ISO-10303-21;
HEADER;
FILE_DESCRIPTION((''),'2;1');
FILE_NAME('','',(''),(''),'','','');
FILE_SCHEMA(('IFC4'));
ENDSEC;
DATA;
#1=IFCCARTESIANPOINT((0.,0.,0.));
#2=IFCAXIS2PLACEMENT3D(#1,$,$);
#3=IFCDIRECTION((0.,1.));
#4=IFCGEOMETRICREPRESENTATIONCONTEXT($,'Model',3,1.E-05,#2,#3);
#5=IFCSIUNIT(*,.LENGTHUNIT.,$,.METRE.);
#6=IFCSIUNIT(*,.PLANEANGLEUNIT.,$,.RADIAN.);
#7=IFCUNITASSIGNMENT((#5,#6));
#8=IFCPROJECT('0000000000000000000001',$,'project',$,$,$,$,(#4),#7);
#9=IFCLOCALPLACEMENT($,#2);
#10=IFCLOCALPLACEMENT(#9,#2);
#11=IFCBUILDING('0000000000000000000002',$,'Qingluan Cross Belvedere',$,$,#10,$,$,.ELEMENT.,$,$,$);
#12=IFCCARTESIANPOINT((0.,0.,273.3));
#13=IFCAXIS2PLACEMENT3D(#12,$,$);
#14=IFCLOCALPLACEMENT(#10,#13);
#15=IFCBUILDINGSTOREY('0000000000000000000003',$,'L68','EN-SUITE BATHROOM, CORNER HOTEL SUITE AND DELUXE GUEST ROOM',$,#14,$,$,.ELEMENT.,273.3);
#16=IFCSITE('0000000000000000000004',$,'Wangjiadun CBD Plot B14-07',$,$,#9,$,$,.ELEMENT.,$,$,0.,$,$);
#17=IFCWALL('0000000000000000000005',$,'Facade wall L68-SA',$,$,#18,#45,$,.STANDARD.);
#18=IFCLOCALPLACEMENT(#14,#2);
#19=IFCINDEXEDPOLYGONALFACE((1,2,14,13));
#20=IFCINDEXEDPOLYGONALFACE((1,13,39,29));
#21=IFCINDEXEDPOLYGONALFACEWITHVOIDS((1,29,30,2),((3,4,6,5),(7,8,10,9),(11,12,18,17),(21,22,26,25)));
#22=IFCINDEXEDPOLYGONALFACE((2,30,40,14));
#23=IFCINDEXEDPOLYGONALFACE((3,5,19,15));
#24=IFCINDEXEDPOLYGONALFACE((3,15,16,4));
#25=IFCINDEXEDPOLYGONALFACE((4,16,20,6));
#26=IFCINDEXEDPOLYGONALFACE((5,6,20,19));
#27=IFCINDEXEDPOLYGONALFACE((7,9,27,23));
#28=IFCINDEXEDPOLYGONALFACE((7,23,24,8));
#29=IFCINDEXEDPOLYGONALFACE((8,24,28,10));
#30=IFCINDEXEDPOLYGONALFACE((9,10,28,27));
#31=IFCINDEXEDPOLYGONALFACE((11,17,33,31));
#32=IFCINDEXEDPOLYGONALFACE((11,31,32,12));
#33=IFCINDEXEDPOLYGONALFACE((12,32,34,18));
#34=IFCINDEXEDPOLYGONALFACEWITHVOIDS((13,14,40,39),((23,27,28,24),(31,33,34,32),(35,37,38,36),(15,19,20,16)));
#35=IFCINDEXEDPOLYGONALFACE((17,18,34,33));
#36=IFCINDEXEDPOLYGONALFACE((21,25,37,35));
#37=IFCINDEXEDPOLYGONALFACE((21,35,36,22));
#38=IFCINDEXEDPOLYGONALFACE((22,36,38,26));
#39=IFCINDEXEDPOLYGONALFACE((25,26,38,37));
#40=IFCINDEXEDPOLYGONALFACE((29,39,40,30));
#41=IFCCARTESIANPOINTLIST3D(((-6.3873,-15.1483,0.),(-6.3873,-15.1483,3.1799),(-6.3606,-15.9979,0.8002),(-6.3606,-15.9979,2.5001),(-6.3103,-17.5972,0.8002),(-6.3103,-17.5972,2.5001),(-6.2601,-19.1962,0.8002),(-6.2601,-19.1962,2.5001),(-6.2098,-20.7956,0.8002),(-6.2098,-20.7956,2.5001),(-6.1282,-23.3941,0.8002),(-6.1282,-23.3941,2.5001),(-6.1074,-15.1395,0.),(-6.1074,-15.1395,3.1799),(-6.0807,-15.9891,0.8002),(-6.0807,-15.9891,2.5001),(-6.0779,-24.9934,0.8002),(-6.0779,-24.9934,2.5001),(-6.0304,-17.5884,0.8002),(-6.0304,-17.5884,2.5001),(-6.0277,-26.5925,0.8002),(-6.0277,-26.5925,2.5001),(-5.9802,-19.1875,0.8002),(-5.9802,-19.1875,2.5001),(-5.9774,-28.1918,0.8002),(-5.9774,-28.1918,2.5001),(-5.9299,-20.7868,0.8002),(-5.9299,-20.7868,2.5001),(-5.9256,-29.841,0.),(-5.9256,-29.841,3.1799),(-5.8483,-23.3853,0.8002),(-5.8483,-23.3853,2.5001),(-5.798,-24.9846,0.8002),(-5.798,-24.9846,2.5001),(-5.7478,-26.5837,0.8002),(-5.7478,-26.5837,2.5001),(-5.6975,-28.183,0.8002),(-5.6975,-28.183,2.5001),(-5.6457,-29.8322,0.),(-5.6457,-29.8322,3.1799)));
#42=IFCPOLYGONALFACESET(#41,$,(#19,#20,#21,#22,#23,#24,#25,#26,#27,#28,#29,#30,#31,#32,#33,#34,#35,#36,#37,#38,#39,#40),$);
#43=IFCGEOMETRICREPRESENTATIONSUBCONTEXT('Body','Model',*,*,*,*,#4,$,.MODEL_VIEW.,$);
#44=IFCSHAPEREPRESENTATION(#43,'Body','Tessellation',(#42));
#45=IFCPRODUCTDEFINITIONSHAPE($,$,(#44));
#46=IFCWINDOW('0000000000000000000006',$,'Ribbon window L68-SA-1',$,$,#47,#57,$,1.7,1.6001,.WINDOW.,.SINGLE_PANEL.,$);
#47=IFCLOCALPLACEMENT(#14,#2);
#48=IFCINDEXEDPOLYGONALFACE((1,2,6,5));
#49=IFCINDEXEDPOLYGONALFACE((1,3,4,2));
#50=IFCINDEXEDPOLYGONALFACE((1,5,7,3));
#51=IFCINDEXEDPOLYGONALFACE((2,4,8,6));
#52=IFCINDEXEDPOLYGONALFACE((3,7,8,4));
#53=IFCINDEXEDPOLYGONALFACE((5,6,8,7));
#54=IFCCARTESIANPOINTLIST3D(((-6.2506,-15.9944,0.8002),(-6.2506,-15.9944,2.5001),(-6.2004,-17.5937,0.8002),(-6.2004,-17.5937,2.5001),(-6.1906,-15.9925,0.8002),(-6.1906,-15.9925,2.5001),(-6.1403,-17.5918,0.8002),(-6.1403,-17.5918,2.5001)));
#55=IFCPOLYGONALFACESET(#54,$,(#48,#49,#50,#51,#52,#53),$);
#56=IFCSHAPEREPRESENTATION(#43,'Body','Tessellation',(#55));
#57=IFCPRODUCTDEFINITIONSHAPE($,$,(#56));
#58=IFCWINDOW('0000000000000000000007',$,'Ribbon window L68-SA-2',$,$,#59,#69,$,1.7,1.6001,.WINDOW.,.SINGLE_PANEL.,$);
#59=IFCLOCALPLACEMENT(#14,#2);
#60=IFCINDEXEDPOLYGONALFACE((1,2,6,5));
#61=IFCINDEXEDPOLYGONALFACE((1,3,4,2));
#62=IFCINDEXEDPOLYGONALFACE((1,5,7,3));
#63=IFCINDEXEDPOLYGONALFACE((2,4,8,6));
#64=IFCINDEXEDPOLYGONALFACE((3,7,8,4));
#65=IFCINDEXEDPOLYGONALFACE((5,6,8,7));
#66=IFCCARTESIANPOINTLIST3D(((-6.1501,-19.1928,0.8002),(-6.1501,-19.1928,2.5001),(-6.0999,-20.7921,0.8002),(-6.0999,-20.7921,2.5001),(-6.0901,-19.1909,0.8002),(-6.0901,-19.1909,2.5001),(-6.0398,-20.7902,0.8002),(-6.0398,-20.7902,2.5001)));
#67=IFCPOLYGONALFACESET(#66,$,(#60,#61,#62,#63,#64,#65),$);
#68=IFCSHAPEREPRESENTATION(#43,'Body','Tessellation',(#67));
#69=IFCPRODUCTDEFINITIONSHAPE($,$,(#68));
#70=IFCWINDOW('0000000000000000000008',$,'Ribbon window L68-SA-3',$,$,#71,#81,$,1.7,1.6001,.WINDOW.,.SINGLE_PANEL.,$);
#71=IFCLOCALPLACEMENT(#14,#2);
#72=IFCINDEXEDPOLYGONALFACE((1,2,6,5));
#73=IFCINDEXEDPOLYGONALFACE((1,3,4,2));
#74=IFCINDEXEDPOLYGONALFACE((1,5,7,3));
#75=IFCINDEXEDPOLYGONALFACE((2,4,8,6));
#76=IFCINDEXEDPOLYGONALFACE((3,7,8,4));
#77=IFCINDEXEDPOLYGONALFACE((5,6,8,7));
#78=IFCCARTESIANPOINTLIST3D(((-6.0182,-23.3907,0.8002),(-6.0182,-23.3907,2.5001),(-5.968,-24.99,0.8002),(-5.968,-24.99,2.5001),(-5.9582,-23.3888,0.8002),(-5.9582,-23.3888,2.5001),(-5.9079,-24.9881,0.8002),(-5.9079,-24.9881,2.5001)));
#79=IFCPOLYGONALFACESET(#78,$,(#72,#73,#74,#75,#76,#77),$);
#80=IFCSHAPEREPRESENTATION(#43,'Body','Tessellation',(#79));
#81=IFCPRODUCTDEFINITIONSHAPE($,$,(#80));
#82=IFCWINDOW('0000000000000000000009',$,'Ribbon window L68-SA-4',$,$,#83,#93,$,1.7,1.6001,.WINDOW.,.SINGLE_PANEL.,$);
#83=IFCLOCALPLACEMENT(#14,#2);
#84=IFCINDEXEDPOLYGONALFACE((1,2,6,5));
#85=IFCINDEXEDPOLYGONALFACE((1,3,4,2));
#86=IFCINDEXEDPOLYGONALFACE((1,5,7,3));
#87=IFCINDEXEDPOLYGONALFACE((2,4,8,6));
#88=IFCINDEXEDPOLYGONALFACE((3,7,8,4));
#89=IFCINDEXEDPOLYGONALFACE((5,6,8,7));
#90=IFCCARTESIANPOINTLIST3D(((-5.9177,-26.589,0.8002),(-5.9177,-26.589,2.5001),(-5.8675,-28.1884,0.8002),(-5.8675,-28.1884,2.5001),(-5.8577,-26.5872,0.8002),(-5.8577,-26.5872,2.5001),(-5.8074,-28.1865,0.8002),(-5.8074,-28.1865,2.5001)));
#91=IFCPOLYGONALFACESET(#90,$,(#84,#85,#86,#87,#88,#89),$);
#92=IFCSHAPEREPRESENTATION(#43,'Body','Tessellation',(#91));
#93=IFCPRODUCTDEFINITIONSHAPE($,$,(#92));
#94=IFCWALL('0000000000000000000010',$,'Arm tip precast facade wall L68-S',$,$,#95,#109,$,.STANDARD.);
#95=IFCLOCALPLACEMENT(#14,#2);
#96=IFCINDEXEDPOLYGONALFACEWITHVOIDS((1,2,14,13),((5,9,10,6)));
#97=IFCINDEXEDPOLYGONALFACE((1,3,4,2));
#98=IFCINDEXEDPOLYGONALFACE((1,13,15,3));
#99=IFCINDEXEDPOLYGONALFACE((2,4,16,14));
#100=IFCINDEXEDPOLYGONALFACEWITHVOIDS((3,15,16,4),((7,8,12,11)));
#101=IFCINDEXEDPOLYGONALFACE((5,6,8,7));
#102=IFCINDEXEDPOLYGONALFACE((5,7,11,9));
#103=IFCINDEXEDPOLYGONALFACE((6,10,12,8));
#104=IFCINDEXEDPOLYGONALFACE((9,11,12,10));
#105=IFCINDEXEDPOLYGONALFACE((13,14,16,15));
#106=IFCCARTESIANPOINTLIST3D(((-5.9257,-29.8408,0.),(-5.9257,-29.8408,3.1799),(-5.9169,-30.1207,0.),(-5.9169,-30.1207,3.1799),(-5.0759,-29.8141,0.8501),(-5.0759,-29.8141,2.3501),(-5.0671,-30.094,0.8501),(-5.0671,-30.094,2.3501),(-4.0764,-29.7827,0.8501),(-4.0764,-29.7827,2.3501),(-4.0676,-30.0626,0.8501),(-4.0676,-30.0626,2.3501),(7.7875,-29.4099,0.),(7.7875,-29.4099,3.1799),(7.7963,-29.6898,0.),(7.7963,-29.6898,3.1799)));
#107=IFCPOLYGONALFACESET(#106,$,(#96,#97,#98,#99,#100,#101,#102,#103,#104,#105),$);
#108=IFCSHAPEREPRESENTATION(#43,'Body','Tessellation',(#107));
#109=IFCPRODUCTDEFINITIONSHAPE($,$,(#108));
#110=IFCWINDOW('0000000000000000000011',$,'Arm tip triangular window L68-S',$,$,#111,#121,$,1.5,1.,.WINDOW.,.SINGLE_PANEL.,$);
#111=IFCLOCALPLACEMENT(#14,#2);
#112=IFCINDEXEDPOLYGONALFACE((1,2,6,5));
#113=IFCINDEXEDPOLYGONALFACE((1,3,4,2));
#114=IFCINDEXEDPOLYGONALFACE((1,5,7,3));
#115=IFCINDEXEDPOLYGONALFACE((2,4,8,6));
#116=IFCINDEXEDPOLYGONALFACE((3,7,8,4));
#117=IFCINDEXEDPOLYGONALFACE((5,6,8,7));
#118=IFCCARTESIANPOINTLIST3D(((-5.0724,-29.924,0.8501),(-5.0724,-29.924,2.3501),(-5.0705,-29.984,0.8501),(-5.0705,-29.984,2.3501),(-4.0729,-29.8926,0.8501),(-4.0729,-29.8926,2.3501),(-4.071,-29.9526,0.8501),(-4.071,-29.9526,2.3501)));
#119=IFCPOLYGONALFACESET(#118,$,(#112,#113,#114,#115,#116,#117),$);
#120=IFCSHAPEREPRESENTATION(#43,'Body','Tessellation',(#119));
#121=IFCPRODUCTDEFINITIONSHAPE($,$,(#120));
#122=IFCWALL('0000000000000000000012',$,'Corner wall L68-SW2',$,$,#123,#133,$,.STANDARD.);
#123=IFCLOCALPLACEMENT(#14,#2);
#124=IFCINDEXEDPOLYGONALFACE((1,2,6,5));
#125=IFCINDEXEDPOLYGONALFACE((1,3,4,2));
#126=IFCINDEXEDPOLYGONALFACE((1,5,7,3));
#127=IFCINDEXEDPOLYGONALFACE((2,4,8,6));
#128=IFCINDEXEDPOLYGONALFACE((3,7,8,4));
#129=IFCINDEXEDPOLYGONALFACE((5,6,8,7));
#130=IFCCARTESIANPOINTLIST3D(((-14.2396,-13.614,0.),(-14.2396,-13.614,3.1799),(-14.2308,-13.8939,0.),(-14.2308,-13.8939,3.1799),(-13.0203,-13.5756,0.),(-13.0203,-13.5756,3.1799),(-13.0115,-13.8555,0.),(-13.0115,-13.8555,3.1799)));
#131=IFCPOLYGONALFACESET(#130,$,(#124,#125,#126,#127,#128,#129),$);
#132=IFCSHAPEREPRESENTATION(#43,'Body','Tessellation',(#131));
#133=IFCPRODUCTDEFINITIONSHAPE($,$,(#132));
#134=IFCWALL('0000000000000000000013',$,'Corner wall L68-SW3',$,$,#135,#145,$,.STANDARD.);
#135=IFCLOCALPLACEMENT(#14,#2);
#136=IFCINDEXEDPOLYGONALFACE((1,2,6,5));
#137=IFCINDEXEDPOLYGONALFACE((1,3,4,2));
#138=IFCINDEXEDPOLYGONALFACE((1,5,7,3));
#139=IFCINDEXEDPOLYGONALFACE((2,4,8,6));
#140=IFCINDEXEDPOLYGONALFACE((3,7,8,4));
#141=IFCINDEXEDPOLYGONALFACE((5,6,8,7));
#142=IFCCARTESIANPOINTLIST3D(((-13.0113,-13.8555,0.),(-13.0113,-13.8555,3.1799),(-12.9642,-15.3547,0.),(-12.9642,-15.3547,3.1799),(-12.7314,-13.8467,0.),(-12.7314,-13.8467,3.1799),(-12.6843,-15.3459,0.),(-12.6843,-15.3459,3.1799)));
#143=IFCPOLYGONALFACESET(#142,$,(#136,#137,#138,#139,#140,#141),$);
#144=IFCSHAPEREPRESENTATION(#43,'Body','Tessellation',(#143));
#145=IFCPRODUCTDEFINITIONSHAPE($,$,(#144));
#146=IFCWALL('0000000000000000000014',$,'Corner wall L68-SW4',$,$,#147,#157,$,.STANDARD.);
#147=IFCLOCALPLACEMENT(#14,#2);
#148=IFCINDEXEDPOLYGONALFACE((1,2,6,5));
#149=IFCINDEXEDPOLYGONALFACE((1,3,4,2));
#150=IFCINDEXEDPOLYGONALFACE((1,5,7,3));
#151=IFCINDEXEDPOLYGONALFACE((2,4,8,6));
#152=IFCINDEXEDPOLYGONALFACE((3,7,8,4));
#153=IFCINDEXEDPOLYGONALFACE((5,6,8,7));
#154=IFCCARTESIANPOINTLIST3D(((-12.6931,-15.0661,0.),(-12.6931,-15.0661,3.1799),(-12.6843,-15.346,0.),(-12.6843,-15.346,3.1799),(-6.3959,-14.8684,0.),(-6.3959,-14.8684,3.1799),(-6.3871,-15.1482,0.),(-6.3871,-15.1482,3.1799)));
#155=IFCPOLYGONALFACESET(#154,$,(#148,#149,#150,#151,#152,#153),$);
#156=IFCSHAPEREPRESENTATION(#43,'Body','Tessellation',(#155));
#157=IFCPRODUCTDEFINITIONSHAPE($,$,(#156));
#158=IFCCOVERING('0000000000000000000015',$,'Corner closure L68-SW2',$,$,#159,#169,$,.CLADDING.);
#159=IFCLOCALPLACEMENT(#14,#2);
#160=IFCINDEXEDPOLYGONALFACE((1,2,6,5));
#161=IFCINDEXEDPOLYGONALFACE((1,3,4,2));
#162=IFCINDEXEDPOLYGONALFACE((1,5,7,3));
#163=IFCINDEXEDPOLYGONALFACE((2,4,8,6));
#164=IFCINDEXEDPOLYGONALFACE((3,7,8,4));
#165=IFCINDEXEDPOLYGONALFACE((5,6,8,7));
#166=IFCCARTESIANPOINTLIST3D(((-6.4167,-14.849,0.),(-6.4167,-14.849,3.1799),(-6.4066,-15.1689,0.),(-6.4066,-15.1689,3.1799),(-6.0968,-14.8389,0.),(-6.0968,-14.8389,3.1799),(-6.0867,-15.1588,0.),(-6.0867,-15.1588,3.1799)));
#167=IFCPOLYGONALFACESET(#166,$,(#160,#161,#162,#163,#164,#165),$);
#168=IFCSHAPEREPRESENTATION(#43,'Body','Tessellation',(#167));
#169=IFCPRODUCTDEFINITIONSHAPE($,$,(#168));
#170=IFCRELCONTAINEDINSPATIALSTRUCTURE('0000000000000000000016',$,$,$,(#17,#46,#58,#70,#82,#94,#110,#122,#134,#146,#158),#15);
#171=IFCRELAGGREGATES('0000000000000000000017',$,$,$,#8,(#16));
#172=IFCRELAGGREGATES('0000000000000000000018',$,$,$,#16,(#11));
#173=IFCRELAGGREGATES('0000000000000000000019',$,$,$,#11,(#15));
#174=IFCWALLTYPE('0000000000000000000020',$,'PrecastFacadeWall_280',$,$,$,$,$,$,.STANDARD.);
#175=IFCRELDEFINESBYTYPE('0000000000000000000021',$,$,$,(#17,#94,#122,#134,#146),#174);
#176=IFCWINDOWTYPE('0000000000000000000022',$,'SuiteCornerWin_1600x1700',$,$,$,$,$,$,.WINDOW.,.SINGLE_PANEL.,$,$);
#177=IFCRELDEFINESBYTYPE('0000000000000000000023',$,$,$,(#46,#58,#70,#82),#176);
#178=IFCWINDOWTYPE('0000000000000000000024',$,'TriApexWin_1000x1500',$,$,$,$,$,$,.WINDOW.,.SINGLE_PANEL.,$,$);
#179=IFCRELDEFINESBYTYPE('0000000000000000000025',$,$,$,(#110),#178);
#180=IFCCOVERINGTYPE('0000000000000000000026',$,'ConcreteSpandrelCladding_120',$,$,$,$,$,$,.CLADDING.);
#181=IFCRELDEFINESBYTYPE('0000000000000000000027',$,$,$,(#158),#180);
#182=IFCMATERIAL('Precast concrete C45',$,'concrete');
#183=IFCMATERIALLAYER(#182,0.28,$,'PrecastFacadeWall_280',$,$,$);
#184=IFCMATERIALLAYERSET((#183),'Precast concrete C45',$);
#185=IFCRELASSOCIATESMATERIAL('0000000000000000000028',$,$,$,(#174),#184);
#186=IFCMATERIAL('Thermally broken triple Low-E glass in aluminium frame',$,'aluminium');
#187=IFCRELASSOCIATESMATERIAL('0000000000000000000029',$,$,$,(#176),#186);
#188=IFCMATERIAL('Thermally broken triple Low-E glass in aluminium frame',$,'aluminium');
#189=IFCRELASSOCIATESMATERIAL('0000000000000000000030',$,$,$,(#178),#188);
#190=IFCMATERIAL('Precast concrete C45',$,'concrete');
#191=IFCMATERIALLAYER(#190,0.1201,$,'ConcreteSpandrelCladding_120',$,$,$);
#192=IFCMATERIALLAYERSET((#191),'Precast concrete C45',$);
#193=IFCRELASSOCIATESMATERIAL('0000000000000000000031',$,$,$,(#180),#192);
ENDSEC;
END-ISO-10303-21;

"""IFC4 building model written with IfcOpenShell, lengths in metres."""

from ifc_helpers import new_model, si_unit, direction, frame, frame_2d, origin, origin_2d, place, context, subcontext, project, spatial, rectangle, extrude, material, layer, layer_set, type_object, element, fill, save


model = new_model("IFC4")

# Units and contexts
model_context = context("Model", 3, precision=1e-05, world=origin(), true_north=direction((0.0, 1.0)))
body_context = subcontext(model_context, "Body", "Model", "MODEL_VIEW")
ifc_project = project(units=[si_unit("LENGTHUNIT", "METRE"), si_unit("PLANEANGLEUNIT", "RADIAN")], contexts=[model_context])

# Site, building, storey
site_placement = place(None, origin())
site = spatial("IfcSite", under=ifc_project, at=site_placement, Name="Wangjiadun CBD Plot B14-07", CompositionType="ELEMENT", RefElevation=0.0)
building_placement = place(site_placement, origin())
building = spatial("IfcBuilding", under=site, at=building_placement, Name="Qingluan Cross Belvedere", CompositionType="ELEMENT")
storey_placement = place(building_placement, frame((0.0, 0.0, 273.3)))
storey = spatial("IfcBuildingStorey", under=building, at=storey_placement, Name="L68", Description="EN-SUITE BATHROOM, CORNER HOTEL SUITE AND DELUXE GUEST ROOM", CompositionType="ELEMENT", Elevation=273.3)

# Wall, openings, windows
ifc_material_1 = material(Name="Precast concrete C45", Category="concrete")
ifc_layer_1 = layer(ifc_material_1, 0.28, Name="PrecastFacadeWall_280")
ifc_layer_set_1 = layer_set([ifc_layer_1], Name="Precast concrete C45")
wall_type_1 = type_object("IfcWallType", Name="PrecastFacadeWall_280", PredefinedType="STANDARD", material=ifc_layer_set_1)
wall_1_placement = place(storey_placement, frame((-6.2473, -15.1438, 0.0), z_axis=(0.0, 0.0, 1.0), x_axis=(0.031406, -0.999507, 0.0)))
wall_1 = element("IfcWall", 1, at=wall_1_placement, inside=storey, type_object=wall_type_1, Name="Facade wall L68-SA", PredefinedType="STANDARD", context=body_context, shape_type="SweptSolid", body=[
    extrude(rectangle(XDim=14.7, YDim=0.28, at=frame_2d((7.3501, 0.0))), origin(), (0.0, 0.0, 1.0), 3.1799),
])
opening_1_placement = place(wall_1_placement, frame((0.8501, 0.0, 0.8)))
opening_1 = element("IfcOpeningElement", 2, at=opening_1_placement, cuts=wall_1, PredefinedType="OPENING", context=body_context, shape_type="SweptSolid", body=[
    extrude(rectangle(XDim=1.6001, YDim=1.7, at=frame_2d((0.8, 0.8501))), frame((0.0, 0.1499, 0.0), z_axis=(0.0, -1.0, 0.0), x_axis=(1.0, 0.0, 0.0)), (0.0, 0.0, 1.0), 0.3),
])
opening_2_placement = place(wall_1_placement, frame((4.05, 0.0, 0.8)))
opening_2 = element("IfcOpeningElement", 3, at=opening_2_placement, cuts=wall_1, PredefinedType="OPENING", context=body_context, shape_type="SweptSolid", body=[
    extrude(rectangle(XDim=1.6001, YDim=1.7, at=frame_2d((0.8, 0.8501))), frame((0.0, 0.1499, 0.0), z_axis=(0.0, -1.0, 0.0), x_axis=(1.0, 0.0, 0.0)), (0.0, 0.0, 1.0), 0.3),
])
opening_3_placement = place(wall_1_placement, frame((8.25, 0.0, 0.8)))
opening_3 = element("IfcOpeningElement", 4, at=opening_3_placement, cuts=wall_1, PredefinedType="OPENING", context=body_context, shape_type="SweptSolid", body=[
    extrude(rectangle(XDim=1.6001, YDim=1.7, at=frame_2d((0.8, 0.8501))), frame((0.0, 0.1499, 0.0), z_axis=(0.0, -1.0, 0.0), x_axis=(1.0, 0.0, 0.0)), (0.0, 0.0, 1.0), 0.3),
])
opening_4_placement = place(wall_1_placement, frame((11.45, 0.0, 0.8)))
opening_4 = element("IfcOpeningElement", 5, at=opening_4_placement, cuts=wall_1, PredefinedType="OPENING", context=body_context, shape_type="SweptSolid", body=[
    extrude(rectangle(XDim=1.6001, YDim=1.7, at=frame_2d((0.8, 0.8501))), frame((0.0, 0.1499, 0.0), z_axis=(0.0, -1.0, 0.0), x_axis=(1.0, 0.0, 0.0)), (0.0, 0.0, 1.0), 0.3),
])
ifc_material_2 = material(Name="Thermally broken triple Low-E glass in aluminium frame", Category="aluminium")
window_type_1 = type_object("IfcWindowType", Name="SuiteCornerWin_1600x1700", PartitioningType="SINGLE_PANEL", PredefinedType="WINDOW", material=ifc_material_2)
window_1_placement = place(opening_1_placement, origin())
window_1 = element("IfcWindow", 6, at=window_1_placement, inside=storey, type_object=window_type_1, Name="Ribbon window L68-SA-1", OverallHeight=1.7, OverallWidth=1.6001, PartitioningType="SINGLE_PANEL", PredefinedType="WINDOW", context=body_context, shape_type="SweptSolid", body=[
    extrude(rectangle(XDim=1.6001, YDim=1.7, at=frame_2d((0.8, 0.8501))), frame((0.0, 0.03, 0.0), z_axis=(0.0, -1.0, 0.0), x_axis=(1.0, 0.0, 0.0)), (0.0, 0.0, 1.0), 0.0601),
])
fill(opening_1, window_1)
window_2_placement = place(opening_2_placement, origin())
window_2 = element("IfcWindow", 7, at=window_2_placement, inside=storey, type_object=window_type_1, Name="Ribbon window L68-SA-2", OverallHeight=1.7, OverallWidth=1.6001, PartitioningType="SINGLE_PANEL", PredefinedType="WINDOW", context=body_context, shape_type="SweptSolid", body=[
    extrude(rectangle(XDim=1.6001, YDim=1.7, at=frame_2d((0.8, 0.8501))), frame((0.0, 0.03, 0.0), z_axis=(0.0, -1.0, 0.0), x_axis=(1.0, 0.0, 0.0)), (0.0, 0.0, 1.0), 0.0601),
])
fill(opening_2, window_2)
window_3_placement = place(opening_3_placement, origin())
window_3 = element("IfcWindow", 8, at=window_3_placement, inside=storey, type_object=window_type_1, Name="Ribbon window L68-SA-3", OverallHeight=1.7, OverallWidth=1.6001, PartitioningType="SINGLE_PANEL", PredefinedType="WINDOW", context=body_context, shape_type="SweptSolid", body=[
    extrude(rectangle(XDim=1.6001, YDim=1.7, at=frame_2d((0.8, 0.8501))), frame((0.0, 0.03, 0.0), z_axis=(0.0, -1.0, 0.0), x_axis=(1.0, 0.0, 0.0)), (0.0, 0.0, 1.0), 0.0601),
])
fill(opening_3, window_3)
window_4_placement = place(opening_4_placement, origin())
window_4 = element("IfcWindow", 9, at=window_4_placement, inside=storey, type_object=window_type_1, Name="Ribbon window L68-SA-4", OverallHeight=1.7, OverallWidth=1.6001, PartitioningType="SINGLE_PANEL", PredefinedType="WINDOW", context=body_context, shape_type="SweptSolid", body=[
    extrude(rectangle(XDim=1.6001, YDim=1.7, at=frame_2d((0.8, 0.8501))), frame((0.0, 0.03, 0.0), z_axis=(0.0, -1.0, 0.0), x_axis=(1.0, 0.0, 0.0)), (0.0, 0.0, 1.0), 0.0601),
])
fill(opening_4, window_4)

# Wall, opening, window
wall_2_placement = place(storey_placement, frame((-5.9211, -29.9807, 0.0), z_axis=(0.0, 0.0, 1.0), x_axis=(0.999507, 0.031408, 0.0)))
wall_2 = element("IfcWall", 10, at=wall_2_placement, inside=storey, type_object=wall_type_1, Name="Arm tip precast facade wall L68-S", PredefinedType="STANDARD", context=body_context, shape_type="SweptSolid", body=[
    extrude(rectangle(XDim=13.72, YDim=0.28, at=frame_2d((6.8599, 0.0))), origin(), (0.0, 0.0, 1.0), 3.1799),
])
opening_5_placement = place(wall_2_placement, frame((0.8501, 0.0, 0.8501)))
opening_5 = element("IfcOpeningElement", 11, at=opening_5_placement, cuts=wall_2, PredefinedType="OPENING", context=body_context, shape_type="SweptSolid", body=[
    extrude(rectangle(XDim=1.0, YDim=1.5, at=frame_2d((0.5, 0.75))), frame((0.0, 0.1499, 0.0), z_axis=(0.0, -1.0, 0.0), x_axis=(1.0, 0.0, 0.0)), (0.0, 0.0, 1.0), 0.3),
])
ifc_material_3 = material(Name="Thermally broken triple Low-E glass in aluminium frame", Category="aluminium")
window_type_2 = type_object("IfcWindowType", Name="TriApexWin_1000x1500", PartitioningType="SINGLE_PANEL", PredefinedType="WINDOW", material=ifc_material_3)
window_5_placement = place(opening_5_placement, origin())
window_5 = element("IfcWindow", 12, at=window_5_placement, inside=storey, type_object=window_type_2, Name="Arm tip triangular window L68-S", OverallHeight=1.5, OverallWidth=1.0, PartitioningType="SINGLE_PANEL", PredefinedType="WINDOW", context=body_context, shape_type="SweptSolid", body=[
    extrude(rectangle(XDim=1.0, YDim=1.5, at=frame_2d((0.5, 0.75))), frame((0.0, 0.03, 0.0), z_axis=(0.0, -1.0, 0.0), x_axis=(1.0, 0.0, 0.0)), (0.0, 0.0, 1.0), 0.0601),
])
fill(opening_5, window_5)

# Walls
wall_3_placement = place(storey_placement, frame((-14.2351, -13.7539, 0.0), z_axis=(0.0, 0.0, 1.0), x_axis=(0.999506, 0.031416, 0.0)))
element("IfcWall", 13, at=wall_3_placement, inside=storey, type_object=wall_type_1, Name="Corner wall L68-SW2", PredefinedType="STANDARD", context=body_context, shape_type="SweptSolid", body=[
    extrude(rectangle(XDim=1.22, YDim=0.28, at=frame_2d((0.6099, 0.0))), origin(), (0.0, 0.0, 1.0), 3.1799),
])
wall_4_placement = place(storey_placement, frame((-12.8713, -13.8511, 0.0), z_axis=(0.0, 0.0, 1.0), x_axis=(0.031413, -0.999507, 0.0)))
element("IfcWall", 14, at=wall_4_placement, inside=storey, type_object=wall_type_1, Name="Corner wall L68-SW3", PredefinedType="STANDARD", context=body_context, shape_type="SweptSolid", body=[
    extrude(rectangle(XDim=1.5, YDim=0.28, at=frame_2d((0.75, 0.0))), origin(), (0.0, 0.0, 1.0), 3.1799),
])
wall_5_placement = place(storey_placement, frame((-12.6887, -15.2061, 0.0), z_axis=(0.0, 0.0, 1.0), x_axis=(0.999507, 0.031388, 0.0)))
element("IfcWall", 15, at=wall_5_placement, inside=storey, type_object=wall_type_1, Name="Corner wall L68-SW4", PredefinedType="STANDARD", context=body_context, shape_type="SweptSolid", body=[
    extrude(rectangle(XDim=6.3003, YDim=0.28, at=frame_2d((3.1501, 0.0))), origin(), (0.0, 0.0, 1.0), 3.1799),
])

# Covering
ifc_material_4 = material(Name="Precast concrete C45", Category="concrete")
ifc_layer_2 = layer(ifc_material_4, 0.1201, Name="ConcreteSpandrelCladding_120")
ifc_layer_set_2 = layer_set([ifc_layer_2], Name="Precast concrete C45")
covering_type = type_object("IfcCoveringType", Name="ConcreteSpandrelCladding_120", PredefinedType="CLADDING", material=ifc_layer_set_2)
covering_placement = place(storey_placement, frame((-6.2517, -15.0039, 0.0), z_axis=(0.0, 0.0, 1.0), x_axis=(0.999507, 0.031411, 0.0)))
element("IfcCovering", 16, at=covering_placement, inside=storey, type_object=covering_type, Name="Corner closure L68-SW2", PredefinedType="CLADDING", context=body_context, shape_type="SweptSolid", body=[
    extrude(rectangle(XDim=0.3201, YDim=0.3201, at=origin_2d()), origin(), (0.0, 0.0, 1.0), 3.1799),
])

save(model, "model.ifc")
